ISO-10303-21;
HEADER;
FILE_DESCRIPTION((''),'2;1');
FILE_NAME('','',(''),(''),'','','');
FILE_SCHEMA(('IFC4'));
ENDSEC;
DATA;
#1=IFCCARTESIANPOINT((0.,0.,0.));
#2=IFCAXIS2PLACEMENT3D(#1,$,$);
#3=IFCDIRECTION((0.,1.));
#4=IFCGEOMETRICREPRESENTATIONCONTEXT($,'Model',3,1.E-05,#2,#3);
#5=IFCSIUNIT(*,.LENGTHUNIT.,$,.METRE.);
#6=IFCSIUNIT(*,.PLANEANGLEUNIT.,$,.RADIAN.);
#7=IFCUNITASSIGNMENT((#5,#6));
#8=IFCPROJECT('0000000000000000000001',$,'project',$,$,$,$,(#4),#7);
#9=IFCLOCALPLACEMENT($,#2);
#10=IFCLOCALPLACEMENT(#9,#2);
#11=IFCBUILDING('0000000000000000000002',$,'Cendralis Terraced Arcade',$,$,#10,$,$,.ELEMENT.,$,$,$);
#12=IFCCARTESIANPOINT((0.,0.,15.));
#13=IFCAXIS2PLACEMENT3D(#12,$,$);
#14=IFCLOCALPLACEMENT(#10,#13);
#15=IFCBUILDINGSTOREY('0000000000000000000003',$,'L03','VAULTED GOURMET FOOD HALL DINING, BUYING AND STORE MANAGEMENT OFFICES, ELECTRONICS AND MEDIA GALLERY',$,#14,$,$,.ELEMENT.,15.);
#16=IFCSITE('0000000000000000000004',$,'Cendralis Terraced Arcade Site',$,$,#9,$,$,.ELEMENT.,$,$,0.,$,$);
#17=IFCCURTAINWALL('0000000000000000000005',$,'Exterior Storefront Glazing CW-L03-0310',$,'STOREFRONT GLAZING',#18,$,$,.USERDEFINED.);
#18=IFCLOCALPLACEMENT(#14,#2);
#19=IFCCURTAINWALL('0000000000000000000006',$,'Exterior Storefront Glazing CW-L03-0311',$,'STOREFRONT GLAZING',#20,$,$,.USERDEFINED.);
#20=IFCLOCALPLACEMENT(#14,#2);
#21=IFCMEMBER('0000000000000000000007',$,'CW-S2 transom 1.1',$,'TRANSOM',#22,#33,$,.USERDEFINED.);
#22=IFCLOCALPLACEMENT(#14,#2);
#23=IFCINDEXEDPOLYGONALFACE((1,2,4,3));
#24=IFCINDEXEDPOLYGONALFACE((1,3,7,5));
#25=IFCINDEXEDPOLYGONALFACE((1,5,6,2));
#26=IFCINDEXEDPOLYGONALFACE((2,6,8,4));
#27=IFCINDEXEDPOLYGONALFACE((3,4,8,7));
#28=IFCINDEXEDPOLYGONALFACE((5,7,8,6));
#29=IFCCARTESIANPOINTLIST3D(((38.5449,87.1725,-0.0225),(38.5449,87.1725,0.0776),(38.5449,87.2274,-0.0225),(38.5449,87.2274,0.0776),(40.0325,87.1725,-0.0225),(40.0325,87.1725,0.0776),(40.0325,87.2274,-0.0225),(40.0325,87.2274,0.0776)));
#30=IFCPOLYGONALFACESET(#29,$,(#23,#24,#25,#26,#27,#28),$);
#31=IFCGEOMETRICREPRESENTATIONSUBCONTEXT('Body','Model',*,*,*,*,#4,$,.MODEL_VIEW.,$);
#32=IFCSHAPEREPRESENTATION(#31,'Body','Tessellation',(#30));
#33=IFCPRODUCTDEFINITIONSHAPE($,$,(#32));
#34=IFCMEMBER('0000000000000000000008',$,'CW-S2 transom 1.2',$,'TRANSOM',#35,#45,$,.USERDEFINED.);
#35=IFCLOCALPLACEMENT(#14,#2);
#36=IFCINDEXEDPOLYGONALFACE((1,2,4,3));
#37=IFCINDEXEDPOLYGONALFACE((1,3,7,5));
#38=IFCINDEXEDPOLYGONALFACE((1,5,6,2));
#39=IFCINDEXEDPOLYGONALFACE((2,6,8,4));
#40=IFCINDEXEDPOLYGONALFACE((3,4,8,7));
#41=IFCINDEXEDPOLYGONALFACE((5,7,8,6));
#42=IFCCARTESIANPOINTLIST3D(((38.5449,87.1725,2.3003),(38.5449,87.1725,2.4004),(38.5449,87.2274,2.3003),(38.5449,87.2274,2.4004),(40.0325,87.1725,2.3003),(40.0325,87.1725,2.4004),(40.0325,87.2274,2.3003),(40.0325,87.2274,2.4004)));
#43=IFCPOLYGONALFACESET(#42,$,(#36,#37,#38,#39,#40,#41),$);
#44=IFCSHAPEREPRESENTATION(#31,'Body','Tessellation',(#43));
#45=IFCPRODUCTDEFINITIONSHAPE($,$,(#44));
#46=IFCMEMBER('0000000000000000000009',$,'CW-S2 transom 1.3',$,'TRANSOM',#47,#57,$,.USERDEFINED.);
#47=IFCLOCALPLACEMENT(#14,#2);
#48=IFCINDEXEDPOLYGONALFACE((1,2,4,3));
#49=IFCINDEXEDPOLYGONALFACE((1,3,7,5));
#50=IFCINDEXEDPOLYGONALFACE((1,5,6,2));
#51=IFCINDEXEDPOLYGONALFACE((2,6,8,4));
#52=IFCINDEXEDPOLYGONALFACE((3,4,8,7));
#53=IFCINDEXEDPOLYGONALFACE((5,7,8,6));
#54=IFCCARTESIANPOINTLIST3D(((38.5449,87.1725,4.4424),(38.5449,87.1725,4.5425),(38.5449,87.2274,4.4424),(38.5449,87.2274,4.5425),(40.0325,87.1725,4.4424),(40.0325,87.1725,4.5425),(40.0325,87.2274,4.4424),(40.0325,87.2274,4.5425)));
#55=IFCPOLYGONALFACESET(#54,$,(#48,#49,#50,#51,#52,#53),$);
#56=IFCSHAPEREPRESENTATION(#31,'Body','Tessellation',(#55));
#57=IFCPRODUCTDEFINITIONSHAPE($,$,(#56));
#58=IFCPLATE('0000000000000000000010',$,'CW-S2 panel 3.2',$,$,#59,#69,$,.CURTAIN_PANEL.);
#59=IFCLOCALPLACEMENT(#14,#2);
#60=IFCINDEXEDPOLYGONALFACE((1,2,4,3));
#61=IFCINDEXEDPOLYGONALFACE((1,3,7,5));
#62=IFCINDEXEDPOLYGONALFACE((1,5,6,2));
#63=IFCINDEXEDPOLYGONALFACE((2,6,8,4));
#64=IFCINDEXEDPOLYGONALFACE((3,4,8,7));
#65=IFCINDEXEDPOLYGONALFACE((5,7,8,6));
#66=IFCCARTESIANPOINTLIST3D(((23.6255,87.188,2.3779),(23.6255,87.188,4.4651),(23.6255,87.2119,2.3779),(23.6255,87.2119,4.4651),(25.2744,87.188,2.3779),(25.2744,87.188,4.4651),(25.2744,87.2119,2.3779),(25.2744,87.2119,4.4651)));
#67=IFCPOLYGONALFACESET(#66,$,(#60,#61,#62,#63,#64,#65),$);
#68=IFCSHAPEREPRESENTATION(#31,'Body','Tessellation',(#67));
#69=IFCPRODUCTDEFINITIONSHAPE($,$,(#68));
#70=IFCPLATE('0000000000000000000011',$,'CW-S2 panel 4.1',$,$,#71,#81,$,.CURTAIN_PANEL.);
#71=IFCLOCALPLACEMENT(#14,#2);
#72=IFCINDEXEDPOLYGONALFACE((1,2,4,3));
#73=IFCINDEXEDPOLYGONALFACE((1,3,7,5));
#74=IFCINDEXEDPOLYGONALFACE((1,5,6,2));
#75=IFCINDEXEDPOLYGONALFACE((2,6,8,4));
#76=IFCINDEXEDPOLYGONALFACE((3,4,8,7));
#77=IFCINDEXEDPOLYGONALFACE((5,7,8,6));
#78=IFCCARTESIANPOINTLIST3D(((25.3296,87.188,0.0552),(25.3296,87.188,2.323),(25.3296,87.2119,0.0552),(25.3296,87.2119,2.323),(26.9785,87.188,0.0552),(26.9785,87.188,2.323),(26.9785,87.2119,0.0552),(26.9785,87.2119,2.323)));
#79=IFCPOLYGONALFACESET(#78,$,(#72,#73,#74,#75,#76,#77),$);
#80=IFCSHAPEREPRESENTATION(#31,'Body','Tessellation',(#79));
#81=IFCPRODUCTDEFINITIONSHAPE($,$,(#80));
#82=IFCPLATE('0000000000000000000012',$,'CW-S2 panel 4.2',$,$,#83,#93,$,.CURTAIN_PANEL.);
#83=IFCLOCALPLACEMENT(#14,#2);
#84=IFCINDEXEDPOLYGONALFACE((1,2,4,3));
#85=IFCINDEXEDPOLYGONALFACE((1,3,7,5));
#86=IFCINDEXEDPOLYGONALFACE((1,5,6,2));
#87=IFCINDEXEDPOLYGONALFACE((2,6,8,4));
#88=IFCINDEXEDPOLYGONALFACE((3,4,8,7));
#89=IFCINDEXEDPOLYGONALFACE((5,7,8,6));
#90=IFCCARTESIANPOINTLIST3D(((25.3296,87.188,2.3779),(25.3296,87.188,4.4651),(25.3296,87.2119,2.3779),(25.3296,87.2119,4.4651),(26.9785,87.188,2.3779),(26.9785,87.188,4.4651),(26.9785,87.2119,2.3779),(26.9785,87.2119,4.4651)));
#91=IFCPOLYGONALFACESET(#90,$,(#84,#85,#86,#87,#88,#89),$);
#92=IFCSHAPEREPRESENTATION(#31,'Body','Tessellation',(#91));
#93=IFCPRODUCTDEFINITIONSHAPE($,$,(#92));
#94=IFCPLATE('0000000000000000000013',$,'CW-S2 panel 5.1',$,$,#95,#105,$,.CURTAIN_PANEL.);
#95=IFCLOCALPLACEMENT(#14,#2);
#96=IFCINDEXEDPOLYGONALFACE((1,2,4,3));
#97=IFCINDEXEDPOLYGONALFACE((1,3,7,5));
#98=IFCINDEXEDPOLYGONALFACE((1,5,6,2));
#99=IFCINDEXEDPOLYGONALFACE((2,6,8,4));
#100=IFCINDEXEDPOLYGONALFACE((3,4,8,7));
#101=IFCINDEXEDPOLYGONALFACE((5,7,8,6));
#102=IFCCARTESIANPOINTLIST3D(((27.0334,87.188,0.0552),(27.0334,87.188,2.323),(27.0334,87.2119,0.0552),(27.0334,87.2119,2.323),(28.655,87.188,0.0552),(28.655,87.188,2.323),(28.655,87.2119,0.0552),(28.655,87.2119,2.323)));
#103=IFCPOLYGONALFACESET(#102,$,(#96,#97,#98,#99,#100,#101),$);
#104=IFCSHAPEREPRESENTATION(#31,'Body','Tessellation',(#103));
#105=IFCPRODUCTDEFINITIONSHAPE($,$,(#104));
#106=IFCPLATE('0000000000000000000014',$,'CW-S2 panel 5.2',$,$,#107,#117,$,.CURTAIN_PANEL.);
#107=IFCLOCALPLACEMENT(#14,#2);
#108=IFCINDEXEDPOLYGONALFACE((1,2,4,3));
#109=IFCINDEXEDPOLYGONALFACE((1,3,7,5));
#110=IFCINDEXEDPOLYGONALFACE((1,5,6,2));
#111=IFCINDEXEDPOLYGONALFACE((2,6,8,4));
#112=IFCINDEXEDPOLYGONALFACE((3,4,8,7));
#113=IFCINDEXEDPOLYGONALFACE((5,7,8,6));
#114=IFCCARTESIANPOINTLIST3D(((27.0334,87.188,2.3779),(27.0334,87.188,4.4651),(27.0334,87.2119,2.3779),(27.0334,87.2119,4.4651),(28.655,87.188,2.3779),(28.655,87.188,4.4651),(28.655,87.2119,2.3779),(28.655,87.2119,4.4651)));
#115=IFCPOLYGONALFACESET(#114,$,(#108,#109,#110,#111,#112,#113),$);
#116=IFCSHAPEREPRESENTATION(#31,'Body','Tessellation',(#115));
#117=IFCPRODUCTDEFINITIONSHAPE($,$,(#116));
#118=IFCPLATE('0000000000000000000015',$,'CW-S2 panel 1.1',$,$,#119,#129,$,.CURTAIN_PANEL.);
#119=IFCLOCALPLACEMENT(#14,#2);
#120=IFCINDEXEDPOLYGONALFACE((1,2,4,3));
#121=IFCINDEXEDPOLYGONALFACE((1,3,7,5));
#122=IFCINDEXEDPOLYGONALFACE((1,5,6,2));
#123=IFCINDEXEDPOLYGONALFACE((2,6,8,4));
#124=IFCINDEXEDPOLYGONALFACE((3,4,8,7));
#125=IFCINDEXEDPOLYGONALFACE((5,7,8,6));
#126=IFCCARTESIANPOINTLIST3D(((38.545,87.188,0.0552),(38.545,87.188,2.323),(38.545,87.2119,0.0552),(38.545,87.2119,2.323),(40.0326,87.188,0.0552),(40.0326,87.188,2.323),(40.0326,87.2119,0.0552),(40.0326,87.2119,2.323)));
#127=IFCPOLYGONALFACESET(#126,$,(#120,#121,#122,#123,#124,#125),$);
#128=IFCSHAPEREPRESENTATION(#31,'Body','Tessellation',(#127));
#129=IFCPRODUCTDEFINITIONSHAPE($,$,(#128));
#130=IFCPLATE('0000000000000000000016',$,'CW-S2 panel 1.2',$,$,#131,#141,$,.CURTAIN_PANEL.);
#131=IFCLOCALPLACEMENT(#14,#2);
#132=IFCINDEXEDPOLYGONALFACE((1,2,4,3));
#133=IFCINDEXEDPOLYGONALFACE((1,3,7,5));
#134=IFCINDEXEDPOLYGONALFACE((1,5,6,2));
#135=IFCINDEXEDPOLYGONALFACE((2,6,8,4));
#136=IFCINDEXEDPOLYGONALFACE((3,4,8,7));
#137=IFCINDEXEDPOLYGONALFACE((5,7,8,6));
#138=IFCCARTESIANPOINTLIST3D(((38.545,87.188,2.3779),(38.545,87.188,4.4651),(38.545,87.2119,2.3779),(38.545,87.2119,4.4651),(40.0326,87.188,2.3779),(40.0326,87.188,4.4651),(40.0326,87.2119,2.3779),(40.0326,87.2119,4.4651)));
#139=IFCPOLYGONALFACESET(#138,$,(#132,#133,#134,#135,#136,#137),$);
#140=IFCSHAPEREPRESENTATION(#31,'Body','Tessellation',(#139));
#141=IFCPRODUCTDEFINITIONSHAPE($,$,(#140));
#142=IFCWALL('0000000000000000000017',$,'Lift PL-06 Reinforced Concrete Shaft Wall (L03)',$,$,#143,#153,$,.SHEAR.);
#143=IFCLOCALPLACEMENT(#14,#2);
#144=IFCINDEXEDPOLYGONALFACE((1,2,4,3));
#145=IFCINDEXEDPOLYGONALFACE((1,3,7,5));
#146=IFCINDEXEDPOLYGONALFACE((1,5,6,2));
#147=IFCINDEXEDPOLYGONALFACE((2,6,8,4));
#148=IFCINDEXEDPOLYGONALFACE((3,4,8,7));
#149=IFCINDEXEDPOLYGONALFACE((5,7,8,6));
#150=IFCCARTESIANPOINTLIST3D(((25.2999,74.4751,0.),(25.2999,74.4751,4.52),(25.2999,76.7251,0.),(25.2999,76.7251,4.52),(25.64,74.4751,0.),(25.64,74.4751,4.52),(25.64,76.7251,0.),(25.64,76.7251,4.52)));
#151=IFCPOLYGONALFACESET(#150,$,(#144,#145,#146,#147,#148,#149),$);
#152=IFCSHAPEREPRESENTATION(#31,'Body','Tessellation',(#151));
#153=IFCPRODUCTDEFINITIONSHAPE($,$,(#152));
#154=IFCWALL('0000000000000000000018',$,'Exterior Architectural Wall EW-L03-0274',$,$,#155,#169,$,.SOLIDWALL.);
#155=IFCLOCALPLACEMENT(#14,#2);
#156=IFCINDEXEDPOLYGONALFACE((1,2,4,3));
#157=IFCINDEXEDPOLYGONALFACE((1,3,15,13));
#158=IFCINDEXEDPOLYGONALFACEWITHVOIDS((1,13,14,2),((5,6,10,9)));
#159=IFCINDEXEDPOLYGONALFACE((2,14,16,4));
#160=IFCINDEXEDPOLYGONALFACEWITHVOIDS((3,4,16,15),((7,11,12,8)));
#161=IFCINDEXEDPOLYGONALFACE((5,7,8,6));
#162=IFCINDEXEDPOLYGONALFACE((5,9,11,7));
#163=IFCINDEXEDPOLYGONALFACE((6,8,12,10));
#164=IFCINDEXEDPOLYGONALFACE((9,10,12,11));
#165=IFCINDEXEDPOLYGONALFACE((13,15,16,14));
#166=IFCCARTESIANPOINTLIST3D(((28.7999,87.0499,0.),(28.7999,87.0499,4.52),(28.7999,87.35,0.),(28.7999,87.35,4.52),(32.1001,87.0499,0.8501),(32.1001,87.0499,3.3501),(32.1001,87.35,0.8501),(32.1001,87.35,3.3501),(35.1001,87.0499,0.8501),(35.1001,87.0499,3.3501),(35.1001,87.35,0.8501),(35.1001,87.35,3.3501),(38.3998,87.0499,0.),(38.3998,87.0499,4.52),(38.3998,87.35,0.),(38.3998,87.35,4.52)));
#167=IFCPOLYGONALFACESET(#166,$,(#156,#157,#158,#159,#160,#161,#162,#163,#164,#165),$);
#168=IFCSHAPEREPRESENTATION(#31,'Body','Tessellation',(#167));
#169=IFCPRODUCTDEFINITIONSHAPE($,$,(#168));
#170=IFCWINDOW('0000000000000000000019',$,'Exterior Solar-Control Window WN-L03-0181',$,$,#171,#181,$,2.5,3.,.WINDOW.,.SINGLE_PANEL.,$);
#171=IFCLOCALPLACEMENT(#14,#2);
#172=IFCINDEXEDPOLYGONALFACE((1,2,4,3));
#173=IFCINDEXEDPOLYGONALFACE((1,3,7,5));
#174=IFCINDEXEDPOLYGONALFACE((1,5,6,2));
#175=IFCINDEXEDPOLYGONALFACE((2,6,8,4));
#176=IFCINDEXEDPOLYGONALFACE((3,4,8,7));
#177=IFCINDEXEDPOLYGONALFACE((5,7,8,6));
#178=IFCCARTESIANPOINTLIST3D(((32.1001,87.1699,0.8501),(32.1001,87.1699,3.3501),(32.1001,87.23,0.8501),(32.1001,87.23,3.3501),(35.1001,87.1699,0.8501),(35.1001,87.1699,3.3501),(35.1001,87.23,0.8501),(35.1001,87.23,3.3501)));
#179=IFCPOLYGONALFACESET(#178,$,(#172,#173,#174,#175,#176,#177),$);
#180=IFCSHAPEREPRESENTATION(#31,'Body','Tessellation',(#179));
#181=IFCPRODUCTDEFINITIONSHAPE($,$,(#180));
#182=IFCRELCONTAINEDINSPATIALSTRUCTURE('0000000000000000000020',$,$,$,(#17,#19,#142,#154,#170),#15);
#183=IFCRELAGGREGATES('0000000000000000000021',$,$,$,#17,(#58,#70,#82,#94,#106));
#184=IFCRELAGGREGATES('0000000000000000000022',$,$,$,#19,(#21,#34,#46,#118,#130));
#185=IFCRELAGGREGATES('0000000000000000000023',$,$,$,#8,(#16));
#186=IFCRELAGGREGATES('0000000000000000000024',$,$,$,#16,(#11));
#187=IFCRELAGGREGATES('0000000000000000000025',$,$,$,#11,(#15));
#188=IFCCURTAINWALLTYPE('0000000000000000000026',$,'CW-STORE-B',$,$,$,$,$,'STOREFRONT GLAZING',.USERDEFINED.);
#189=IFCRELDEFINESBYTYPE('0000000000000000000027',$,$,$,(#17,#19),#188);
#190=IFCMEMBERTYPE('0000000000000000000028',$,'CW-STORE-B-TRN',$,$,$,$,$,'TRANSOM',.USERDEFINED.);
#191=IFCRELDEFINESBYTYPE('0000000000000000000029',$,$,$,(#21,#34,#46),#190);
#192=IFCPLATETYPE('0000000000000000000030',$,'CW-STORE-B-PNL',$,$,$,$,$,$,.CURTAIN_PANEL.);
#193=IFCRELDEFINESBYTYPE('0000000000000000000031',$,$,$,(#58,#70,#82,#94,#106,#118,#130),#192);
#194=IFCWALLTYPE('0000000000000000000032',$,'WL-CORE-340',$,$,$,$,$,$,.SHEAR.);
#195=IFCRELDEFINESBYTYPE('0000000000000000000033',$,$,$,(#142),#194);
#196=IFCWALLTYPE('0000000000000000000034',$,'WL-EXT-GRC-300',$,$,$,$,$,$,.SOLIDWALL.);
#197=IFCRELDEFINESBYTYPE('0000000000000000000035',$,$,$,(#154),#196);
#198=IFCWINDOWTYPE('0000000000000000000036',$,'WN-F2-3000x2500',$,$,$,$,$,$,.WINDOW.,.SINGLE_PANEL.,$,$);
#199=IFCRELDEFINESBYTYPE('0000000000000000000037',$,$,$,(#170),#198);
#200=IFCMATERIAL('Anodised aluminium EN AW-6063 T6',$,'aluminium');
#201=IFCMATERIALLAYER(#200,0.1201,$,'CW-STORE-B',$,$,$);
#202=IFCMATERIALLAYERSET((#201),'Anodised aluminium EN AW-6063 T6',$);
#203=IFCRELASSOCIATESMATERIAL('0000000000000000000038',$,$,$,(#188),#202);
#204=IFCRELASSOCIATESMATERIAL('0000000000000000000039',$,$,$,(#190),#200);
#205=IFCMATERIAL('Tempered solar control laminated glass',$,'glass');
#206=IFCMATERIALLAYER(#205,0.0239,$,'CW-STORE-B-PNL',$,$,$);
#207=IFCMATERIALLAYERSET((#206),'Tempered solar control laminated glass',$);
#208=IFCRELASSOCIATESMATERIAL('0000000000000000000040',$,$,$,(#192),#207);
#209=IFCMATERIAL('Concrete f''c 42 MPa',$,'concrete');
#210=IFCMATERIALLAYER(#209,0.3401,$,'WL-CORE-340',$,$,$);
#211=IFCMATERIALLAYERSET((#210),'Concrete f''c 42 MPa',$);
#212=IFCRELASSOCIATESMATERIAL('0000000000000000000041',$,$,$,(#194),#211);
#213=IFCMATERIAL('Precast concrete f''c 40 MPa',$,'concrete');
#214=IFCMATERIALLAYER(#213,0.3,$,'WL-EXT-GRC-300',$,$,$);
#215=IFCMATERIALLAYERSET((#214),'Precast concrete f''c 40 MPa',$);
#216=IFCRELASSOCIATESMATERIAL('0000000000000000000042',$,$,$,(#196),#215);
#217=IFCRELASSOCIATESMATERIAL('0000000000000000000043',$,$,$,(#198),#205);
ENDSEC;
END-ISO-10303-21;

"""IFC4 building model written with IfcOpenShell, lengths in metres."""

from ifc_helpers import new_model, si_unit, direction, frame, frame_2d, origin, origin_2d, place, context, subcontext, project, spatial, rectangle, extrude, material, layer, layer_set, material_profile, profile_set, type_object, element, fill, aggregate, save


model = new_model("IFC4")

# Units and contexts
model_context = context("Model", 3, precision=1e-05, world=origin(), true_north=direction((0.0, 1.0)))
body_context = subcontext(model_context, "Body", "Model", "MODEL_VIEW")
ifc_project = project(units=[si_unit("LENGTHUNIT", "METRE"), si_unit("PLANEANGLEUNIT", "RADIAN")], contexts=[model_context])

# Site, building, storey
site_placement = place(None, origin())
site = spatial("IfcSite", under=ifc_project, at=site_placement, Name="Cendralis Terraced Arcade Site", CompositionType="ELEMENT", RefElevation=0.0)
building_placement = place(site_placement, origin())
building = spatial("IfcBuilding", under=site, at=building_placement, Name="Cendralis Terraced Arcade", CompositionType="ELEMENT")
storey_placement = place(building_placement, frame((0.0, 0.0, 15.0)))
storey = spatial("IfcBuildingStorey", under=building, at=storey_placement, Name="L03", Description="VAULTED GOURMET FOOD HALL DINING, BUYING AND STORE MANAGEMENT OFFICES, ELECTRONICS AND MEDIA GALLERY", CompositionType="ELEMENT", Elevation=15.0)

# Shared definitions
ifc_material_1 = material(Name="Concrete f'c 42 MPa", Category="concrete")

# Curtain wall
ifc_material_2 = material(Name="Anodised aluminium EN AW-6063 T6", Category="aluminium")
ifc_layer_1 = layer(ifc_material_2, 0.1201, Name="CW-STORE-B")
ifc_layer_set_1 = layer_set([ifc_layer_1], Name="Anodised aluminium EN AW-6063 T6")
curtain_wall_type = type_object("IfcCurtainWallType", Name="CW-STORE-B", ElementType="STOREFRONT GLAZING", PredefinedType="USERDEFINED", material=ifc_layer_set_1)
curtain_wall_1_placement = place(storey_placement, origin())
curtain_wall_1 = element("IfcCurtainWall", 1, at=curtain_wall_1_placement, inside=storey, type_object=curtain_wall_type, Name="Exterior Storefront Glazing CW-L03-0310", ObjectType="STOREFRONT GLAZING", PredefinedType="USERDEFINED")

# Curtain wall
curtain_wall_2_placement = place(storey_placement, origin())
curtain_wall_2 = element("IfcCurtainWall", 2, at=curtain_wall_2_placement, inside=storey, type_object=curtain_wall_type, Name="Exterior Storefront Glazing CW-L03-0311", ObjectType="STOREFRONT GLAZING", PredefinedType="USERDEFINED")

# Members
ifc_material_profile_1 = material_profile(ifc_material_2, rectangle(XDim=0.0549, YDim=0.1001, at=origin_2d()), Name="ALU-TRN-55x100")
ifc_profile_set_1 = profile_set([ifc_material_profile_1], Name="Anodised aluminium EN AW-6063 T6")
member_type_1 = type_object("IfcMemberType", Name="CW-STORE-B-TRN", ElementType="TRANSOM", PredefinedType="USERDEFINED", material=ifc_profile_set_1)
member_1_placement = place(storey_placement, frame((38.5449, 87.2, 0.0276), z_axis=(1.0, 0.0, 0.0), x_axis=(0.0, 1.0, 0.0)))
member_1 = element("IfcMember", 3, at=member_1_placement, type_object=member_type_1, Name="CW-S2 transom 1.1", ObjectType="TRANSOM", PredefinedType="USERDEFINED", context=body_context, shape_type="SweptSolid", body=[
    extrude(rectangle(XDim=0.0549, YDim=0.1001, at=origin_2d()), origin(), (0.0, 0.0, 1.0), 1.4875),
])
member_2_placement = place(storey_placement, frame((38.5449, 87.2, 2.3503), z_axis=(1.0, 0.0, 0.0), x_axis=(0.0, 1.0, 0.0)))
member_2 = element("IfcMember", 4, at=member_2_placement, type_object=member_type_1, Name="CW-S2 transom 1.2", ObjectType="TRANSOM", PredefinedType="USERDEFINED", context=body_context, shape_type="SweptSolid", body=[
    extrude(rectangle(XDim=0.0549, YDim=0.1001, at=origin_2d()), origin(), (0.0, 0.0, 1.0), 1.4875),
])
member_3_placement = place(storey_placement, frame((38.5449, 87.2, 4.4924), z_axis=(1.0, 0.0, 0.0), x_axis=(0.0, 1.0, 0.0)))
member_3 = element("IfcMember", 5, at=member_3_placement, type_object=member_type_1, Name="CW-S2 transom 1.3", ObjectType="TRANSOM", PredefinedType="USERDEFINED", context=body_context, shape_type="SweptSolid", body=[
    extrude(rectangle(XDim=0.0549, YDim=0.1001, at=origin_2d()), origin(), (0.0, 0.0, 1.0), 1.4875),
])

# Plates
ifc_material_3 = material(Name="Tempered solar control laminated glass", Category="glass")
ifc_layer_2 = layer(ifc_material_3, 0.0239, Name="CW-STORE-B-PNL")
ifc_layer_set_2 = layer_set([ifc_layer_2], Name="Tempered solar control laminated glass")
plate_type = type_object("IfcPlateType", Name="CW-STORE-B-PNL", PredefinedType="CURTAIN_PANEL", material=ifc_layer_set_2)
plate_1_placement = place(storey_placement, frame((24.45, 87.2, 2.3779), z_axis=(0.0, 0.0, 1.0), x_axis=(1.0, 0.0, 0.0)))
plate_1 = element("IfcPlate", 6, at=plate_1_placement, type_object=plate_type, Name="CW-S2 panel 3.2", PredefinedType="CURTAIN_PANEL", context=body_context, shape_type="SweptSolid", body=[
    extrude(rectangle(XDim=1.6489, YDim=0.0239, at=origin_2d()), origin(), (0.0, 0.0, 1.0), 2.0872),
])
plate_2_placement = place(storey_placement, frame((26.1541, 87.2, 0.0552), z_axis=(0.0, 0.0, 1.0), x_axis=(1.0, 0.0, 0.0)))
plate_2 = element("IfcPlate", 7, at=plate_2_placement, type_object=plate_type, Name="CW-S2 panel 4.1", PredefinedType="CURTAIN_PANEL", context=body_context, shape_type="SweptSolid", body=[
    extrude(rectangle(XDim=1.6489, YDim=0.0239, at=origin_2d()), origin(), (0.0, 0.0, 1.0), 2.2678),
])
plate_3_placement = place(storey_placement, frame((26.1541, 87.2, 2.3779), z_axis=(0.0, 0.0, 1.0), x_axis=(1.0, 0.0, 0.0)))
plate_3 = element("IfcPlate", 8, at=plate_3_placement, type_object=plate_type, Name="CW-S2 panel 4.2", PredefinedType="CURTAIN_PANEL", context=body_context, shape_type="SweptSolid", body=[
    extrude(rectangle(XDim=1.6489, YDim=0.0239, at=origin_2d()), origin(), (0.0, 0.0, 1.0), 2.0872),
])
plate_4_placement = place(storey_placement, frame((27.8442, 87.2, 0.0552), z_axis=(0.0, 0.0, 1.0), x_axis=(1.0, 0.0, 0.0)))
plate_4 = element("IfcPlate", 9, at=plate_4_placement, type_object=plate_type, Name="CW-S2 panel 5.1", PredefinedType="CURTAIN_PANEL", context=body_context, shape_type="SweptSolid", body=[
    extrude(rectangle(XDim=1.6216, YDim=0.0239, at=origin_2d()), origin(), (0.0, 0.0, 1.0), 2.2678),
])
plate_5_placement = place(storey_placement, frame((27.8442, 87.2, 2.3779), z_axis=(0.0, 0.0, 1.0), x_axis=(1.0, 0.0, 0.0)))
plate_5 = element("IfcPlate", 10, at=plate_5_placement, type_object=plate_type, Name="CW-S2 panel 5.2", PredefinedType="CURTAIN_PANEL", context=body_context, shape_type="SweptSolid", body=[
    extrude(rectangle(XDim=1.6216, YDim=0.0239, at=origin_2d()), origin(), (0.0, 0.0, 1.0), 2.0872),
])
aggregate(curtain_wall_1, [plate_1, plate_2, plate_3, plate_4, plate_5])
plate_6_placement = place(storey_placement, frame((39.2888, 87.2, 0.0552), z_axis=(0.0, 0.0, 1.0), x_axis=(1.0, 0.0, 0.0)))
plate_6 = element("IfcPlate", 11, at=plate_6_placement, type_object=plate_type, Name="CW-S2 panel 1.1", PredefinedType="CURTAIN_PANEL", context=body_context, shape_type="SweptSolid", body=[
    extrude(rectangle(XDim=1.4875, YDim=0.0239, at=origin_2d()), origin(), (0.0, 0.0, 1.0), 2.2678),
])
plate_7_placement = place(storey_placement, frame((39.2888, 87.2, 2.3779), z_axis=(0.0, 0.0, 1.0), x_axis=(1.0, 0.0, 0.0)))
plate_7 = element("IfcPlate", 12, at=plate_7_placement, type_object=plate_type, Name="CW-S2 panel 1.2", PredefinedType="CURTAIN_PANEL", context=body_context, shape_type="SweptSolid", body=[
    extrude(rectangle(XDim=1.4875, YDim=0.0239, at=origin_2d()), origin(), (0.0, 0.0, 1.0), 2.0872),
])
aggregate(curtain_wall_2, [member_1, member_2, member_3, plate_6, plate_7])

# Wall
ifc_layer_3 = layer(ifc_material_1, 0.3401, Name="WL-CORE-340")
ifc_layer_set_3 = layer_set([ifc_layer_3], Name="Concrete f'c 42 MPa")
wall_type_1 = type_object("IfcWallType", Name="WL-CORE-340", PredefinedType="SHEAR", material=ifc_layer_set_3)
wall_1_placement = place(storey_placement, frame((25.47, 74.4751, 0.0), z_axis=(0.0, 0.0, 1.0), x_axis=(0.0, 1.0, 0.0)))
element("IfcWall", 13, at=wall_1_placement, inside=storey, type_object=wall_type_1, Name="Lift PL-06 Reinforced Concrete Shaft Wall (L03)", PredefinedType="SHEAR", context=body_context, shape_type="SweptSolid", body=[
    extrude(rectangle(XDim=2.25, YDim=0.3401, at=frame_2d((1.125, 0.0))), origin(), (0.0, 0.0, 1.0), 4.52),
])

# Wall, opening, window
ifc_material_4 = material(Name="Precast concrete f'c 40 MPa", Category="concrete")
ifc_layer_4 = layer(ifc_material_4, 0.3, Name="WL-EXT-GRC-300")
ifc_layer_set_4 = layer_set([ifc_layer_4], Name="Precast concrete f'c 40 MPa")
wall_type_2 = type_object("IfcWallType", Name="WL-EXT-GRC-300", PredefinedType="SOLIDWALL", material=ifc_layer_set_4)
wall_2_placement = place(storey_placement, frame((28.8, 87.2, 0.0), z_axis=(0.0, 0.0, 1.0), x_axis=(1.0, 0.0, 0.0)))
wall_2 = element("IfcWall", 14, at=wall_2_placement, inside=storey, type_object=wall_type_2, Name="Exterior Architectural Wall EW-L03-0274", PredefinedType="SOLIDWALL", context=body_context, shape_type="SweptSolid", body=[
    extrude(rectangle(XDim=9.5999, YDim=0.3, at=frame_2d((4.7998, 0.0))), origin(), (0.0, 0.0, 1.0), 4.52),
])
opening_placement = place(wall_2_placement, frame((3.3, 0.0, 0.8501)))
opening = element("IfcOpeningElement", 15, at=opening_placement, cuts=wall_2, PredefinedType="OPENING", context=body_context, shape_type="SweptSolid", body=[
    extrude(rectangle(XDim=3.0, YDim=2.5, at=frame_2d((1.5, 1.25))), frame((0.0, 0.1621, 0.0), z_axis=(0.0, -1.0, 0.0), x_axis=(1.0, 0.0, 0.0)), (0.0, 0.0, 1.0), 0.324),
])
window_type = type_object("IfcWindowType", Name="WN-F2-3000x2500", PartitioningType="SINGLE_PANEL", PredefinedType="WINDOW", material=ifc_material_3)
window_placement = place(opening_placement, origin())
window = element("IfcWindow", 16, at=window_placement, inside=storey, type_object=window_type, Name="Exterior Solar-Control Window WN-L03-0181", OverallHeight=2.5, OverallWidth=3.0, PartitioningType="SINGLE_PANEL", PredefinedType="WINDOW", context=body_context, shape_type="SweptSolid", body=[
    extrude(rectangle(XDim=3.0, YDim=2.5, at=frame_2d((1.5, 1.25))), frame((0.0, 0.03, 0.0), z_axis=(0.0, -1.0, 0.0), x_axis=(1.0, 0.0, 0.0)), (0.0, 0.0, 1.0), 0.0601),
])
fill(opening, window)

save(model, "model.ifc")
